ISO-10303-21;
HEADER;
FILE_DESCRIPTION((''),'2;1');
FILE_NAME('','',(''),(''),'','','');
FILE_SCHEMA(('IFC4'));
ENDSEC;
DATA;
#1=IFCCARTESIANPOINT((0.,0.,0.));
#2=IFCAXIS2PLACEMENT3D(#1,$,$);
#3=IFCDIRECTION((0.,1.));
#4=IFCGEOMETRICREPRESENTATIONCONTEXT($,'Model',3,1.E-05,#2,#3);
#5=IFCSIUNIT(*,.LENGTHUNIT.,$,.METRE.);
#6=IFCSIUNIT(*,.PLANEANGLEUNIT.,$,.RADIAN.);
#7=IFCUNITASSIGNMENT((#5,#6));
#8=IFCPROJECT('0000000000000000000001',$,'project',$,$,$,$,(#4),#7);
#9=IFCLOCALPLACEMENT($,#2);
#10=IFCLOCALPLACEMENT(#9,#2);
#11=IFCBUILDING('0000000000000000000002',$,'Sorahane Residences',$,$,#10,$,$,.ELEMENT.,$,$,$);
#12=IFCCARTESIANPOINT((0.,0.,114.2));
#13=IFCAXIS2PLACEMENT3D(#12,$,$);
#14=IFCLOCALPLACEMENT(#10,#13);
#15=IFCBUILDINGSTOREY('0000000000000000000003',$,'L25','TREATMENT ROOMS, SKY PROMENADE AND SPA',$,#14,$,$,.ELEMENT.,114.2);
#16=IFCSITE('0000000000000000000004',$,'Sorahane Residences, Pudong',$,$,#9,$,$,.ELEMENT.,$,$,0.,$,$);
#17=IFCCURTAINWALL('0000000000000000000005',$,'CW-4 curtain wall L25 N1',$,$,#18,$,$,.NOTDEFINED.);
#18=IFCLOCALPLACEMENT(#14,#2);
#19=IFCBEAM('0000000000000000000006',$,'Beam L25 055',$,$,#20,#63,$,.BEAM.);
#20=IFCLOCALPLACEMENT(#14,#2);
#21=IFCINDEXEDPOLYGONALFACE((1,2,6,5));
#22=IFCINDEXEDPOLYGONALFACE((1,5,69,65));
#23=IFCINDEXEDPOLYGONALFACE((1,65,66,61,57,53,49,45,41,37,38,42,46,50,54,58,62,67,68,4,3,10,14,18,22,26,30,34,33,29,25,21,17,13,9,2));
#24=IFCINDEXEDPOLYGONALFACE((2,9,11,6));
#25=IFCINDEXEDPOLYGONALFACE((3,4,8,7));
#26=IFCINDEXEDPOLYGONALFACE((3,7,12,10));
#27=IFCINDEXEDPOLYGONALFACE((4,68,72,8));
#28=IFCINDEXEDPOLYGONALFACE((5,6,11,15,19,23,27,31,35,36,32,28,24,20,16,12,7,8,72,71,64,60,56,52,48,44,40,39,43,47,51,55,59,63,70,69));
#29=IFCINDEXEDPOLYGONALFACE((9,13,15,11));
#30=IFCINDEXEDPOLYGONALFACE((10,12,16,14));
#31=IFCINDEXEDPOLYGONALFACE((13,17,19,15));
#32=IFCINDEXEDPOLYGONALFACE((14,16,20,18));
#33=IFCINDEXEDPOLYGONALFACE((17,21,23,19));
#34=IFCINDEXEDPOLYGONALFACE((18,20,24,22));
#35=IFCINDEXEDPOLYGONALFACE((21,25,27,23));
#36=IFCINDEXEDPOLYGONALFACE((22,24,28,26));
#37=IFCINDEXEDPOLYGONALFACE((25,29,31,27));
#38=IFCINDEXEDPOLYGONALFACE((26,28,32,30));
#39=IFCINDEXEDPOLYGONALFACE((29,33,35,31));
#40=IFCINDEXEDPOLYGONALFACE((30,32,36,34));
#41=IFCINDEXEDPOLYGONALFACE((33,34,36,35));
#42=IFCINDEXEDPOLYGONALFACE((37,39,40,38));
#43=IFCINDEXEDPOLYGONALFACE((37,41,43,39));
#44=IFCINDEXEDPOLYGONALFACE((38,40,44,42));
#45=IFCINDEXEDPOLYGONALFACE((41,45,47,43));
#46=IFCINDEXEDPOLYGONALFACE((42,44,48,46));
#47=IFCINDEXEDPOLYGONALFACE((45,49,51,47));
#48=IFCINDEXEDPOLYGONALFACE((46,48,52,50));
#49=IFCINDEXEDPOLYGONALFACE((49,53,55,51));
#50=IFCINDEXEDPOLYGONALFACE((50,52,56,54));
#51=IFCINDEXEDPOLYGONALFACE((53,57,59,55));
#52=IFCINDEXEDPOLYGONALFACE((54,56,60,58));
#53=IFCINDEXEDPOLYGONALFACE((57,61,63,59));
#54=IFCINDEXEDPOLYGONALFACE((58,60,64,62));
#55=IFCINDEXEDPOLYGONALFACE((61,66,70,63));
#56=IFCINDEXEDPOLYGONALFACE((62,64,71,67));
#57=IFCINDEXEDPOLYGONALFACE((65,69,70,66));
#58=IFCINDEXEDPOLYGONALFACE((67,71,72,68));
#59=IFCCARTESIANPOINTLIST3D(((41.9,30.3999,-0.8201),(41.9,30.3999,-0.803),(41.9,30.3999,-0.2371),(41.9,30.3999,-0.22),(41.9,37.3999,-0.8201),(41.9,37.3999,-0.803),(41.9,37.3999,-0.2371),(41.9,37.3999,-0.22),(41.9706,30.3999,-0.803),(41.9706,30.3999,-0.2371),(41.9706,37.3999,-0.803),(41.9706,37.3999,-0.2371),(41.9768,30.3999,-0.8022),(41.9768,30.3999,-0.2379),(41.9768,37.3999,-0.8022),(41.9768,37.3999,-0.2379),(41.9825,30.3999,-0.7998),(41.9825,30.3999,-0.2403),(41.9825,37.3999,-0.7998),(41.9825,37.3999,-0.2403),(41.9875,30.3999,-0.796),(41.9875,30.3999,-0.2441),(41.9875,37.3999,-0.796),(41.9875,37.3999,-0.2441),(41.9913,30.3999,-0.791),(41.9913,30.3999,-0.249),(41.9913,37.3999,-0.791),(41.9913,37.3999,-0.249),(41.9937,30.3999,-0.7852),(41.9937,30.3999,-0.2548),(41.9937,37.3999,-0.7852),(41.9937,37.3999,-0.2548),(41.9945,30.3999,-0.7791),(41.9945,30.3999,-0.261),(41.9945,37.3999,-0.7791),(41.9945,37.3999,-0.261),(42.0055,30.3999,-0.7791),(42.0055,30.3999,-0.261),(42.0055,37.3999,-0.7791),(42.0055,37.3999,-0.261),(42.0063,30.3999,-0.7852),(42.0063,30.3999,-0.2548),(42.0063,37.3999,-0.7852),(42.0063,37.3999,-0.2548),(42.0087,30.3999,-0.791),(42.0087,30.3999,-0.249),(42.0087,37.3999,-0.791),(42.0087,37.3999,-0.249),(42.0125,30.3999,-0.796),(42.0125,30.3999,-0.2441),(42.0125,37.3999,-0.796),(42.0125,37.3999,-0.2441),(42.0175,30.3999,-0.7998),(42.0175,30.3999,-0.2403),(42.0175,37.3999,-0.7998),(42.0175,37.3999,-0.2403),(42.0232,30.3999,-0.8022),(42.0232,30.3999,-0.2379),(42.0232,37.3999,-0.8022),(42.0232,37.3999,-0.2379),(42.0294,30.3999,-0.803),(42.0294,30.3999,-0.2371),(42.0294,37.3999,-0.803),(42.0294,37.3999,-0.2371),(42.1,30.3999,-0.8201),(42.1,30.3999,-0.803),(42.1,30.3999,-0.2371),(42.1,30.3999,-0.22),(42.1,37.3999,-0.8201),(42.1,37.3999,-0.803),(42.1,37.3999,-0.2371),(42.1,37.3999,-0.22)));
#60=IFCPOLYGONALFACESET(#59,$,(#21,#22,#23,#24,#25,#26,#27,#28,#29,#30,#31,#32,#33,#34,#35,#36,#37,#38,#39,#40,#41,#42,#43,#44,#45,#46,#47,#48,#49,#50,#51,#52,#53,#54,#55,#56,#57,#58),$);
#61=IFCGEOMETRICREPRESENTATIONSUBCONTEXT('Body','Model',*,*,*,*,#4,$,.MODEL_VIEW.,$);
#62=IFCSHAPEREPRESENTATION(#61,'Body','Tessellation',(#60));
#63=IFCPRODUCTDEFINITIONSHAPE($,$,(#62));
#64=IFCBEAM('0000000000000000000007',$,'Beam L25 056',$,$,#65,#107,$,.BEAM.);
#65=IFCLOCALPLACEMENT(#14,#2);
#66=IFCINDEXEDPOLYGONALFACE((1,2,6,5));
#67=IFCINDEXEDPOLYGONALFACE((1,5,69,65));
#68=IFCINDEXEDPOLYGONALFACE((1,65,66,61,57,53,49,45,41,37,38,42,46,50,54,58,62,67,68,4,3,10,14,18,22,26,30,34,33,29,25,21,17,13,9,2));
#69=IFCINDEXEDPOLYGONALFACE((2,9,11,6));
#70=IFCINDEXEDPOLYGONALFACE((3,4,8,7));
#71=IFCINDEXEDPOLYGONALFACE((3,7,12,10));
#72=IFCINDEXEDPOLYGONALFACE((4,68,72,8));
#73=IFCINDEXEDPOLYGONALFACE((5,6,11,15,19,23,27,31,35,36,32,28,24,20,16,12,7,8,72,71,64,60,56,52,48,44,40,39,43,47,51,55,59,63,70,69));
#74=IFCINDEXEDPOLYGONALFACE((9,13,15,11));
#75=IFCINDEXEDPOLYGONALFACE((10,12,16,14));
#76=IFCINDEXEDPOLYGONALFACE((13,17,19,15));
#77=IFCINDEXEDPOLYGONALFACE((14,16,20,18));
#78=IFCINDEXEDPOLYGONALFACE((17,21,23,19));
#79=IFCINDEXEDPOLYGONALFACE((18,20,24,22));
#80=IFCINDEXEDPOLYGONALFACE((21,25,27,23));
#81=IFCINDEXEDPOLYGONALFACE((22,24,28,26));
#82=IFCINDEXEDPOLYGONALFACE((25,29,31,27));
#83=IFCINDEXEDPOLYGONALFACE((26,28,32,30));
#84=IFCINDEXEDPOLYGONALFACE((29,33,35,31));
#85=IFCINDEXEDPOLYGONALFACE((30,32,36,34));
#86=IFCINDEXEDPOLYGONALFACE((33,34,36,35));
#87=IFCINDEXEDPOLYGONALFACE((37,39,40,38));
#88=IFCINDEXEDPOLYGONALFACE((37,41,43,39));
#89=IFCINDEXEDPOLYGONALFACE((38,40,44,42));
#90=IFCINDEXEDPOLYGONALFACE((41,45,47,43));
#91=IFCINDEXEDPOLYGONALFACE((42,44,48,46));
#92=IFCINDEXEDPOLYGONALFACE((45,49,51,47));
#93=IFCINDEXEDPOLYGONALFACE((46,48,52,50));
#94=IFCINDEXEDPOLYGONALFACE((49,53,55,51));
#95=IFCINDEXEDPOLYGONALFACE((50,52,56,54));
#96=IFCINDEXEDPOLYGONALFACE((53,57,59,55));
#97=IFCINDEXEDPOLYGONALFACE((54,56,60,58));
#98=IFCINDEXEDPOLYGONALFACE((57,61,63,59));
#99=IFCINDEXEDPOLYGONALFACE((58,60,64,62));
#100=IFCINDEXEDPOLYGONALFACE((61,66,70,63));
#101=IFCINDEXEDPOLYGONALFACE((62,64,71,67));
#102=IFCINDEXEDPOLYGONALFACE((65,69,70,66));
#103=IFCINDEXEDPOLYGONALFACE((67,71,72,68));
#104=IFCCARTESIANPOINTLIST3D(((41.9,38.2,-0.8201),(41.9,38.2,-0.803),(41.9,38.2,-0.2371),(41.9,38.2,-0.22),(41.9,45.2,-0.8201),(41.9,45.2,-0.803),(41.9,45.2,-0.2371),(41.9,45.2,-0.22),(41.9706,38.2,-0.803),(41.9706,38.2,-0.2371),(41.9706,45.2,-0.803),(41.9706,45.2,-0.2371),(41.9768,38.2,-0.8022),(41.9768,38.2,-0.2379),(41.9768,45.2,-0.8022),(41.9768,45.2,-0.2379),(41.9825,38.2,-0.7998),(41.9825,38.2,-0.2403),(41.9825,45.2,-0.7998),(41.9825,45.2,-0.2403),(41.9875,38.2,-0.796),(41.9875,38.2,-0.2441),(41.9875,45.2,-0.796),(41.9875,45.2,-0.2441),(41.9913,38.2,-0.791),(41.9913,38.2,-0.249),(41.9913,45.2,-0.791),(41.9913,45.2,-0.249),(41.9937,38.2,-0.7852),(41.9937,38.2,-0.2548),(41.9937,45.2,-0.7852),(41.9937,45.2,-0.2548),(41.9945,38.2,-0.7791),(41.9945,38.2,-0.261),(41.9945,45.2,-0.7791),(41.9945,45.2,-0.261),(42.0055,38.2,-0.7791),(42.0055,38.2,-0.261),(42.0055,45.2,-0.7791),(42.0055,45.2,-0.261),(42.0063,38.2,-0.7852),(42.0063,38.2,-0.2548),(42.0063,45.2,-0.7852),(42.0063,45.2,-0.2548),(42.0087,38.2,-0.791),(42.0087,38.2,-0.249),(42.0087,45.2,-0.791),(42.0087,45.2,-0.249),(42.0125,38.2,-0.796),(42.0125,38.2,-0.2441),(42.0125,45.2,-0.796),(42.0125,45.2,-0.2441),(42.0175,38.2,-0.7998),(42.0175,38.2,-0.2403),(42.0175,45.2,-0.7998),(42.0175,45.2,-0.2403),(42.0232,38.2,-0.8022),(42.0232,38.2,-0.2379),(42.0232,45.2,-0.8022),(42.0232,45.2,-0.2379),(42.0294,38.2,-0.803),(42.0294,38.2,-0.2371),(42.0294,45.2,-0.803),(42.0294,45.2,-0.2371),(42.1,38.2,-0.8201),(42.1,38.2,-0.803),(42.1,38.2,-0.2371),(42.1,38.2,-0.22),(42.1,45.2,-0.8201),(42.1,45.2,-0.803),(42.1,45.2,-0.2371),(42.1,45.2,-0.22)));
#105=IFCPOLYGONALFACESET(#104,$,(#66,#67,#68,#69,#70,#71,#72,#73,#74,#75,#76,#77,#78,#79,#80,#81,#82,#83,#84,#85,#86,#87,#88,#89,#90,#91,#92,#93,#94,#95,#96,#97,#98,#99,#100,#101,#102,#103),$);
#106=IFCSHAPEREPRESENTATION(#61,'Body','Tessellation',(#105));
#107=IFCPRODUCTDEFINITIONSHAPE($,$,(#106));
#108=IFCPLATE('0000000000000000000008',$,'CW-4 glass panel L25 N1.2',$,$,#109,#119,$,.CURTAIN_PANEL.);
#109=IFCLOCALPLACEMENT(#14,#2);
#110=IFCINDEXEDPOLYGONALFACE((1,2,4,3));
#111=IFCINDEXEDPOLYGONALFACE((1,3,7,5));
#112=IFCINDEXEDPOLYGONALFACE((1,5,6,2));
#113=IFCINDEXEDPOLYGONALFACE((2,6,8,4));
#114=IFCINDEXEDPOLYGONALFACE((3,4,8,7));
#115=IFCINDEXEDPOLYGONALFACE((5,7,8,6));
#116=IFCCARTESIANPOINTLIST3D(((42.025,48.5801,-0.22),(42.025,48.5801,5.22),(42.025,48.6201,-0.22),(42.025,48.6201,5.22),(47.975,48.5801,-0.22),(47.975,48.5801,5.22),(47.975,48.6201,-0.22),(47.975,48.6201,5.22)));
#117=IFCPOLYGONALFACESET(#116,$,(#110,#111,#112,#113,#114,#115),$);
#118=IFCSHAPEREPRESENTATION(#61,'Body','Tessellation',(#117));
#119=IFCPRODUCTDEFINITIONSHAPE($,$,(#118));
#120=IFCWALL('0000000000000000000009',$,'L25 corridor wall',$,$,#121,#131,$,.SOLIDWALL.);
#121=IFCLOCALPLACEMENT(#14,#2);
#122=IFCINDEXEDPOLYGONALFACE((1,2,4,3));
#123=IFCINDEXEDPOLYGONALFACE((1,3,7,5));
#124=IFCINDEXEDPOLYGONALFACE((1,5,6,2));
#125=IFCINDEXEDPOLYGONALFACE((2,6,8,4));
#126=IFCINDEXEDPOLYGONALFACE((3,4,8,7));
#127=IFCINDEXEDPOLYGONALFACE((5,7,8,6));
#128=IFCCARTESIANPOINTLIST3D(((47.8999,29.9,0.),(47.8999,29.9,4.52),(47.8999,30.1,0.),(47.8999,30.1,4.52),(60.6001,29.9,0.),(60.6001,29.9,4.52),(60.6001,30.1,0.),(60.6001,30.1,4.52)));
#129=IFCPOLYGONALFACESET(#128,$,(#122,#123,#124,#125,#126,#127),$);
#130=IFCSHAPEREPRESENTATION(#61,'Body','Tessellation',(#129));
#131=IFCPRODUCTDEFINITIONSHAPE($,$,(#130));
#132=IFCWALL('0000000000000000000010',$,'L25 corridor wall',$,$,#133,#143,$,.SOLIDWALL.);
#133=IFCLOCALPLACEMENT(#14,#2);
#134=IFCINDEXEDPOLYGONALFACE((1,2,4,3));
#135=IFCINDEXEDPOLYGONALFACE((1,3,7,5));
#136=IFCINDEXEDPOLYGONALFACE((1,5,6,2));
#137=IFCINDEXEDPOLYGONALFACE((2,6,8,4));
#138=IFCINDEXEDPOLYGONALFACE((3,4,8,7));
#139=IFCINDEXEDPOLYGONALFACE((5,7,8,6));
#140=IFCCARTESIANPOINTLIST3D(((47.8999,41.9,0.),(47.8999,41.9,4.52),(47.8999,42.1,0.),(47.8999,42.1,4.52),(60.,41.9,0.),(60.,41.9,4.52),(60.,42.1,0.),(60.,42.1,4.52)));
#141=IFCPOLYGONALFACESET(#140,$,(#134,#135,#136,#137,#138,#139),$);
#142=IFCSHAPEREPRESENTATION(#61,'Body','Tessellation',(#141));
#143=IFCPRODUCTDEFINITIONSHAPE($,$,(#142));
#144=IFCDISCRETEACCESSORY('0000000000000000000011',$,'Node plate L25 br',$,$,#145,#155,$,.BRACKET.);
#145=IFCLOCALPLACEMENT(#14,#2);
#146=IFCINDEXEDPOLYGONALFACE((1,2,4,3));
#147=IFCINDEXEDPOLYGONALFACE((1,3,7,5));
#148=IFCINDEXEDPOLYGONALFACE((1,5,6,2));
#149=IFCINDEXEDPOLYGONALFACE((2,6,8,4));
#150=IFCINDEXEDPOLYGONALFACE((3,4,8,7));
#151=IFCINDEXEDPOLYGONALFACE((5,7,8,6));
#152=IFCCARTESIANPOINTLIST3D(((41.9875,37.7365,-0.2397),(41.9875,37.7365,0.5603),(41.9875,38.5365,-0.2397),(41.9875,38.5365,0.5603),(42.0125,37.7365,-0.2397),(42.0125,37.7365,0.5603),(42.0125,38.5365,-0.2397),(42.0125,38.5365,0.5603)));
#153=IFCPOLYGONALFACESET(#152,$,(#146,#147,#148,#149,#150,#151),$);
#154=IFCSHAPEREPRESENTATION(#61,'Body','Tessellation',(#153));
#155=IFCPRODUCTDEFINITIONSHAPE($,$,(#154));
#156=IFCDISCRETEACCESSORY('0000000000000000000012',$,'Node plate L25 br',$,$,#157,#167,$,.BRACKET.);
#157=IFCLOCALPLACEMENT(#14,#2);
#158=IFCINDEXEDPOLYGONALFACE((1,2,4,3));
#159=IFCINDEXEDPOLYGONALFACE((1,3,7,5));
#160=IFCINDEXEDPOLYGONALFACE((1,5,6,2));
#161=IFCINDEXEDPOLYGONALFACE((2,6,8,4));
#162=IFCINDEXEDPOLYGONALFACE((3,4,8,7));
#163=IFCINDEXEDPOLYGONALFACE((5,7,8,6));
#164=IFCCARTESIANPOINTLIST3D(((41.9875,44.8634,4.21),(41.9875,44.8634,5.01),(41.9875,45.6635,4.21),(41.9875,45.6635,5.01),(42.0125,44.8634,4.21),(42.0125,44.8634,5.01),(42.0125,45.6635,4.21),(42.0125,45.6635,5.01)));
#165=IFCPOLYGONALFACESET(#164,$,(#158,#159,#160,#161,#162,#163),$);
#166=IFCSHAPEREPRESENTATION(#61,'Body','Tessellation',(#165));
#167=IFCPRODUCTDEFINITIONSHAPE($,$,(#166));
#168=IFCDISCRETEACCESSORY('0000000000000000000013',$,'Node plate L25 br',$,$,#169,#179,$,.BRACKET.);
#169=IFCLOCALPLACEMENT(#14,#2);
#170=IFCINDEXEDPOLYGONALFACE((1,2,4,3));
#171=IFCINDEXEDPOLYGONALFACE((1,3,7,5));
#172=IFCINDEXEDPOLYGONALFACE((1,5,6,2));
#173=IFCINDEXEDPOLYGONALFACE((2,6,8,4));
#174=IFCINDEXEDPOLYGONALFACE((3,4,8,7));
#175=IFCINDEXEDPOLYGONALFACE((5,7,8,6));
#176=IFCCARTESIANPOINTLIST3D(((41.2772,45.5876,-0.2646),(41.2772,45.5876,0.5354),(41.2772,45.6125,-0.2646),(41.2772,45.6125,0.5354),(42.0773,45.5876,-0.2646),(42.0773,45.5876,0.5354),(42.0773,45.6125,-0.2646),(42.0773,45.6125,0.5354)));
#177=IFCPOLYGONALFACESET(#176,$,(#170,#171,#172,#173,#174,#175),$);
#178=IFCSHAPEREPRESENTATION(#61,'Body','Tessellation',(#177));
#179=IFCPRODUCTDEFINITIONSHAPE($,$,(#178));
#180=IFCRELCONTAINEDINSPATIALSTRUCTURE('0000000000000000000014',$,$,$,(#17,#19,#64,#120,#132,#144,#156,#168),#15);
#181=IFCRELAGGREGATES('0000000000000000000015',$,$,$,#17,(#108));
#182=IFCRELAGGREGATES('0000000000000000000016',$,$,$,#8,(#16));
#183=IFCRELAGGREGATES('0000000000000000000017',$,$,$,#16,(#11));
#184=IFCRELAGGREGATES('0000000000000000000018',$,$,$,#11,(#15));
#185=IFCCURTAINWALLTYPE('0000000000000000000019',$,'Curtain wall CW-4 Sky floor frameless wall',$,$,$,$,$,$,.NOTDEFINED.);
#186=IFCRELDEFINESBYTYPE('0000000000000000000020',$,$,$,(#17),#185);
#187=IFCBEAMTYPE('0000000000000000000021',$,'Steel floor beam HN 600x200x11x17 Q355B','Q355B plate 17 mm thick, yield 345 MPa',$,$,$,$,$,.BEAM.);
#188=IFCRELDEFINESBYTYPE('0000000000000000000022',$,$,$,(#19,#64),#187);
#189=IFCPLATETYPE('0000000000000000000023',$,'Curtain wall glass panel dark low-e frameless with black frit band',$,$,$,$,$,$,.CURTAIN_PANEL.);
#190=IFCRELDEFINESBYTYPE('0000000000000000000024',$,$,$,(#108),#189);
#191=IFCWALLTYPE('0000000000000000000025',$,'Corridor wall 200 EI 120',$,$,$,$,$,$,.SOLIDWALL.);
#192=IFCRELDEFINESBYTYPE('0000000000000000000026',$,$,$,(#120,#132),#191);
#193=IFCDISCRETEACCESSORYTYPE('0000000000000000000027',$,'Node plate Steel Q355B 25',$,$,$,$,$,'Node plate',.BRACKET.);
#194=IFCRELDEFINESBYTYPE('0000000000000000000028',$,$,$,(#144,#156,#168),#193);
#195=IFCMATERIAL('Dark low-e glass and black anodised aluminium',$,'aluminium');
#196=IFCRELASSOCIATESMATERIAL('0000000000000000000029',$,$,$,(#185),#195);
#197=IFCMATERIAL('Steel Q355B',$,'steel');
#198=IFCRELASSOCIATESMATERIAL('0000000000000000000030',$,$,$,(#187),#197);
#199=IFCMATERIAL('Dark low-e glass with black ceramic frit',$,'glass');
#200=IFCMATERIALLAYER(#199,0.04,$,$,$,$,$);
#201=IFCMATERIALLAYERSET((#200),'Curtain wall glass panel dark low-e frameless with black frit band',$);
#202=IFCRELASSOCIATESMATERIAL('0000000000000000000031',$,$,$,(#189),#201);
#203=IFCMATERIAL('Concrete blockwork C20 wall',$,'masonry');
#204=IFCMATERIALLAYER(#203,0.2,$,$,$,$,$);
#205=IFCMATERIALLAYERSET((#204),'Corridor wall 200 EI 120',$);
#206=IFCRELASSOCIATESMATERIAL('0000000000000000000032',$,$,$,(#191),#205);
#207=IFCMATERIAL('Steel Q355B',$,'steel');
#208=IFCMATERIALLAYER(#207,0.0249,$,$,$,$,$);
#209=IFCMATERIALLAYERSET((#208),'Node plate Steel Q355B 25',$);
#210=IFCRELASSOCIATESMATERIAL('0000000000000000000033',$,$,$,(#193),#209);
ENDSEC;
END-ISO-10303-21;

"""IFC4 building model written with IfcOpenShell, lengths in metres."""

from ifc_helpers import new_model, si_unit, direction, frame, frame_2d, origin, origin_2d, place, context, subcontext, project, spatial, rectangle, i_section, extrude, material, layer, layer_set, material_profile, profile_set, type_object, element, aggregate, save


model = new_model("IFC4")

# Units and contexts
model_context = context("Model", 3, precision=1e-05, world=origin(), true_north=direction((0.0, 1.0)))
body_context = subcontext(model_context, "Body", "Model", "MODEL_VIEW")
ifc_project = project(units=[si_unit("LENGTHUNIT", "METRE"), si_unit("PLANEANGLEUNIT", "RADIAN")], contexts=[model_context])

# Site, building, storey
site_placement = place(None, origin())
site = spatial("IfcSite", under=ifc_project, at=site_placement, Name="Sorahane Residences, Pudong", CompositionType="ELEMENT", RefElevation=0.0)
building_placement = place(site_placement, origin())
building = spatial("IfcBuilding", under=site, at=building_placement, Name="Sorahane Residences", CompositionType="ELEMENT")
storey_placement = place(building_placement, frame((0.0, 0.0, 114.2)))
storey = spatial("IfcBuildingStorey", under=building, at=storey_placement, Name="L25", Description="TREATMENT ROOMS, SKY PROMENADE AND SPA", CompositionType="ELEMENT", Elevation=114.2)

# Curtain wall
ifc_material_1 = material(Name="Dark low-e glass and black anodised aluminium", Category="aluminium")
curtain_wall_type = type_object("IfcCurtainWallType", Name="Curtain wall CW-4 Sky floor frameless wall", PredefinedType="NOTDEFINED", material=ifc_material_1)
curtain_wall_placement = place(storey_placement, origin())
curtain_wall = element("IfcCurtainWall", 1, at=curtain_wall_placement, inside=storey, type_object=curtain_wall_type, Name="CW-4 curtain wall L25 N1", PredefinedType="NOTDEFINED")

# Beams
ifc_material_2 = material(Name="Steel Q355B", Category="steel")
ifc_material_profile_1 = material_profile(ifc_material_2, i_section(OverallWidth=0.2, OverallDepth=0.6001, WebThickness=0.011, FlangeThickness=0.0171, FilletRadius=0.0239, at=origin_2d()), Name="HN 600x200x11x17")
ifc_profile_set_1 = profile_set([ifc_material_profile_1], Name="Steel Q355B")
beam_type_1 = type_object("IfcBeamType", Name="Steel floor beam HN 600x200x11x17 Q355B", Description="Q355B plate 17 mm thick, yield 345 MPa", PredefinedType="BEAM", material=ifc_profile_set_1)
for number, where, z_axis, x_axis, name in (
    (2, (42.0, 30.3999, -0.52), (0.0, 1.0, 0.0), (-1.0, 0.0, 0.0), "Beam L25 055"),
    (3, (42.0, 38.2, -0.52), (0.0, 1.0, 0.0), (-1.0, 0.0, 0.0), "Beam L25 056"),
):
    element("IfcBeam", number, at=place(storey_placement, frame(where, z_axis=z_axis, x_axis=x_axis)), inside=storey, type_object=beam_type_1, Name=name, PredefinedType="BEAM", context=body_context, shape_type="SweptSolid", body=[
        extrude(i_section(OverallWidth=0.2, OverallDepth=0.6001, WebThickness=0.011, FlangeThickness=0.0171, FilletRadius=0.0239, at=origin_2d()), origin(), (0.0, 0.0, 1.0), 7.0),
    ])

# Plate
ifc_material_3 = material(Name="Dark low-e glass with black ceramic frit", Category="glass")
ifc_layer_1 = layer(ifc_material_3, 0.04)
ifc_layer_set_1 = layer_set([ifc_layer_1], Name="Curtain wall glass panel dark low-e frameless with black frit band")
plate_type = type_object("IfcPlateType", Name="Curtain wall glass panel dark low-e frameless with black frit band", PredefinedType="CURTAIN_PANEL", material=ifc_layer_set_1)
plate_placement = place(storey_placement, frame((45.0, 48.6001, -0.22), z_axis=(0.0, 0.0, 1.0), x_axis=(-1.0, 0.0, 0.0)))
plate = element("IfcPlate", 4, at=plate_placement, type_object=plate_type, Name="CW-4 glass panel L25 N1.2", PredefinedType="CURTAIN_PANEL", context=body_context, shape_type="SweptSolid", body=[
    extrude(rectangle(XDim=5.95, YDim=0.04, at=origin_2d()), origin(), (0.0, 0.0, 1.0), 5.4399),
])
aggregate(curtain_wall, [plate])

# Walls
ifc_material_4 = material(Name="Concrete blockwork C20 wall", Category="masonry")
ifc_layer_2 = layer(ifc_material_4, 0.2)
ifc_layer_set_2 = layer_set([ifc_layer_2], Name="Corridor wall 200 EI 120")
wall_type = type_object("IfcWallType", Name="Corridor wall 200 EI 120", PredefinedType="SOLIDWALL", material=ifc_layer_set_2)
wall_1_placement = place(storey_placement, frame((47.8999, 30.0, 0.0), z_axis=(0.0, 0.0, 1.0), x_axis=(1.0, 0.0, 0.0)))
element("IfcWall", 5, at=wall_1_placement, inside=storey, type_object=wall_type, Name="L25 corridor wall", PredefinedType="SOLIDWALL", context=body_context, shape_type="SweptSolid", body=[
    extrude(rectangle(XDim=12.7002, YDim=0.2, at=frame_2d((6.3501, 0.0))), origin(), (0.0, 0.0, 1.0), 4.52),
])
wall_2_placement = place(storey_placement, frame((47.8999, 42.0, 0.0), z_axis=(0.0, 0.0, 1.0), x_axis=(1.0, 0.0, 0.0)))
element("IfcWall", 6, at=wall_2_placement, inside=storey, type_object=wall_type, Name="L25 corridor wall", PredefinedType="SOLIDWALL", context=body_context, shape_type="SweptSolid", body=[
    extrude(rectangle(XDim=12.1001, YDim=0.2, at=frame_2d((6.05, 0.0))), origin(), (0.0, 0.0, 1.0), 4.52),
])

# Discrete accessories
ifc_material_5 = material(Name="Steel Q355B", Category="steel")
ifc_layer_3 = layer(ifc_material_5, 0.0249)
ifc_layer_set_3 = layer_set([ifc_layer_3], Name="Node plate Steel Q355B 25")
discrete_accessory_type = type_object("IfcDiscreteAccessoryType", Name="Node plate Steel Q355B 25", ElementType="Node plate", PredefinedType="BRACKET", material=ifc_layer_set_3)
for number, where, z_axis, x_axis, name in (
    (7, (42.0, 38.1365, -0.2397), (0.0, 0.0, 1.0), (0.0, 1.0, 0.0), "Node plate L25 br"),
    (8, (42.0, 45.2634, 4.21), (0.0, 0.0, 1.0), (0.0, 1.0, 0.0), "Node plate L25 br"),
    (9, (41.6772, 45.6001, -0.2646), (0.0, 0.0, 1.0), (1.0, 0.0, 0.0), "Node plate L25 br"),
):
    element("IfcDiscreteAccessory", number, at=place(storey_placement, frame(where, z_axis=z_axis, x_axis=x_axis)), inside=storey, type_object=discrete_accessory_type, Name=name, PredefinedType="BRACKET", context=body_context, shape_type="SweptSolid", body=[
        extrude(rectangle(XDim=0.8, YDim=0.0249, at=origin_2d()), origin(), (0.0, 0.0, 1.0), 0.8),
    ])

save(model, "model.ifc")
